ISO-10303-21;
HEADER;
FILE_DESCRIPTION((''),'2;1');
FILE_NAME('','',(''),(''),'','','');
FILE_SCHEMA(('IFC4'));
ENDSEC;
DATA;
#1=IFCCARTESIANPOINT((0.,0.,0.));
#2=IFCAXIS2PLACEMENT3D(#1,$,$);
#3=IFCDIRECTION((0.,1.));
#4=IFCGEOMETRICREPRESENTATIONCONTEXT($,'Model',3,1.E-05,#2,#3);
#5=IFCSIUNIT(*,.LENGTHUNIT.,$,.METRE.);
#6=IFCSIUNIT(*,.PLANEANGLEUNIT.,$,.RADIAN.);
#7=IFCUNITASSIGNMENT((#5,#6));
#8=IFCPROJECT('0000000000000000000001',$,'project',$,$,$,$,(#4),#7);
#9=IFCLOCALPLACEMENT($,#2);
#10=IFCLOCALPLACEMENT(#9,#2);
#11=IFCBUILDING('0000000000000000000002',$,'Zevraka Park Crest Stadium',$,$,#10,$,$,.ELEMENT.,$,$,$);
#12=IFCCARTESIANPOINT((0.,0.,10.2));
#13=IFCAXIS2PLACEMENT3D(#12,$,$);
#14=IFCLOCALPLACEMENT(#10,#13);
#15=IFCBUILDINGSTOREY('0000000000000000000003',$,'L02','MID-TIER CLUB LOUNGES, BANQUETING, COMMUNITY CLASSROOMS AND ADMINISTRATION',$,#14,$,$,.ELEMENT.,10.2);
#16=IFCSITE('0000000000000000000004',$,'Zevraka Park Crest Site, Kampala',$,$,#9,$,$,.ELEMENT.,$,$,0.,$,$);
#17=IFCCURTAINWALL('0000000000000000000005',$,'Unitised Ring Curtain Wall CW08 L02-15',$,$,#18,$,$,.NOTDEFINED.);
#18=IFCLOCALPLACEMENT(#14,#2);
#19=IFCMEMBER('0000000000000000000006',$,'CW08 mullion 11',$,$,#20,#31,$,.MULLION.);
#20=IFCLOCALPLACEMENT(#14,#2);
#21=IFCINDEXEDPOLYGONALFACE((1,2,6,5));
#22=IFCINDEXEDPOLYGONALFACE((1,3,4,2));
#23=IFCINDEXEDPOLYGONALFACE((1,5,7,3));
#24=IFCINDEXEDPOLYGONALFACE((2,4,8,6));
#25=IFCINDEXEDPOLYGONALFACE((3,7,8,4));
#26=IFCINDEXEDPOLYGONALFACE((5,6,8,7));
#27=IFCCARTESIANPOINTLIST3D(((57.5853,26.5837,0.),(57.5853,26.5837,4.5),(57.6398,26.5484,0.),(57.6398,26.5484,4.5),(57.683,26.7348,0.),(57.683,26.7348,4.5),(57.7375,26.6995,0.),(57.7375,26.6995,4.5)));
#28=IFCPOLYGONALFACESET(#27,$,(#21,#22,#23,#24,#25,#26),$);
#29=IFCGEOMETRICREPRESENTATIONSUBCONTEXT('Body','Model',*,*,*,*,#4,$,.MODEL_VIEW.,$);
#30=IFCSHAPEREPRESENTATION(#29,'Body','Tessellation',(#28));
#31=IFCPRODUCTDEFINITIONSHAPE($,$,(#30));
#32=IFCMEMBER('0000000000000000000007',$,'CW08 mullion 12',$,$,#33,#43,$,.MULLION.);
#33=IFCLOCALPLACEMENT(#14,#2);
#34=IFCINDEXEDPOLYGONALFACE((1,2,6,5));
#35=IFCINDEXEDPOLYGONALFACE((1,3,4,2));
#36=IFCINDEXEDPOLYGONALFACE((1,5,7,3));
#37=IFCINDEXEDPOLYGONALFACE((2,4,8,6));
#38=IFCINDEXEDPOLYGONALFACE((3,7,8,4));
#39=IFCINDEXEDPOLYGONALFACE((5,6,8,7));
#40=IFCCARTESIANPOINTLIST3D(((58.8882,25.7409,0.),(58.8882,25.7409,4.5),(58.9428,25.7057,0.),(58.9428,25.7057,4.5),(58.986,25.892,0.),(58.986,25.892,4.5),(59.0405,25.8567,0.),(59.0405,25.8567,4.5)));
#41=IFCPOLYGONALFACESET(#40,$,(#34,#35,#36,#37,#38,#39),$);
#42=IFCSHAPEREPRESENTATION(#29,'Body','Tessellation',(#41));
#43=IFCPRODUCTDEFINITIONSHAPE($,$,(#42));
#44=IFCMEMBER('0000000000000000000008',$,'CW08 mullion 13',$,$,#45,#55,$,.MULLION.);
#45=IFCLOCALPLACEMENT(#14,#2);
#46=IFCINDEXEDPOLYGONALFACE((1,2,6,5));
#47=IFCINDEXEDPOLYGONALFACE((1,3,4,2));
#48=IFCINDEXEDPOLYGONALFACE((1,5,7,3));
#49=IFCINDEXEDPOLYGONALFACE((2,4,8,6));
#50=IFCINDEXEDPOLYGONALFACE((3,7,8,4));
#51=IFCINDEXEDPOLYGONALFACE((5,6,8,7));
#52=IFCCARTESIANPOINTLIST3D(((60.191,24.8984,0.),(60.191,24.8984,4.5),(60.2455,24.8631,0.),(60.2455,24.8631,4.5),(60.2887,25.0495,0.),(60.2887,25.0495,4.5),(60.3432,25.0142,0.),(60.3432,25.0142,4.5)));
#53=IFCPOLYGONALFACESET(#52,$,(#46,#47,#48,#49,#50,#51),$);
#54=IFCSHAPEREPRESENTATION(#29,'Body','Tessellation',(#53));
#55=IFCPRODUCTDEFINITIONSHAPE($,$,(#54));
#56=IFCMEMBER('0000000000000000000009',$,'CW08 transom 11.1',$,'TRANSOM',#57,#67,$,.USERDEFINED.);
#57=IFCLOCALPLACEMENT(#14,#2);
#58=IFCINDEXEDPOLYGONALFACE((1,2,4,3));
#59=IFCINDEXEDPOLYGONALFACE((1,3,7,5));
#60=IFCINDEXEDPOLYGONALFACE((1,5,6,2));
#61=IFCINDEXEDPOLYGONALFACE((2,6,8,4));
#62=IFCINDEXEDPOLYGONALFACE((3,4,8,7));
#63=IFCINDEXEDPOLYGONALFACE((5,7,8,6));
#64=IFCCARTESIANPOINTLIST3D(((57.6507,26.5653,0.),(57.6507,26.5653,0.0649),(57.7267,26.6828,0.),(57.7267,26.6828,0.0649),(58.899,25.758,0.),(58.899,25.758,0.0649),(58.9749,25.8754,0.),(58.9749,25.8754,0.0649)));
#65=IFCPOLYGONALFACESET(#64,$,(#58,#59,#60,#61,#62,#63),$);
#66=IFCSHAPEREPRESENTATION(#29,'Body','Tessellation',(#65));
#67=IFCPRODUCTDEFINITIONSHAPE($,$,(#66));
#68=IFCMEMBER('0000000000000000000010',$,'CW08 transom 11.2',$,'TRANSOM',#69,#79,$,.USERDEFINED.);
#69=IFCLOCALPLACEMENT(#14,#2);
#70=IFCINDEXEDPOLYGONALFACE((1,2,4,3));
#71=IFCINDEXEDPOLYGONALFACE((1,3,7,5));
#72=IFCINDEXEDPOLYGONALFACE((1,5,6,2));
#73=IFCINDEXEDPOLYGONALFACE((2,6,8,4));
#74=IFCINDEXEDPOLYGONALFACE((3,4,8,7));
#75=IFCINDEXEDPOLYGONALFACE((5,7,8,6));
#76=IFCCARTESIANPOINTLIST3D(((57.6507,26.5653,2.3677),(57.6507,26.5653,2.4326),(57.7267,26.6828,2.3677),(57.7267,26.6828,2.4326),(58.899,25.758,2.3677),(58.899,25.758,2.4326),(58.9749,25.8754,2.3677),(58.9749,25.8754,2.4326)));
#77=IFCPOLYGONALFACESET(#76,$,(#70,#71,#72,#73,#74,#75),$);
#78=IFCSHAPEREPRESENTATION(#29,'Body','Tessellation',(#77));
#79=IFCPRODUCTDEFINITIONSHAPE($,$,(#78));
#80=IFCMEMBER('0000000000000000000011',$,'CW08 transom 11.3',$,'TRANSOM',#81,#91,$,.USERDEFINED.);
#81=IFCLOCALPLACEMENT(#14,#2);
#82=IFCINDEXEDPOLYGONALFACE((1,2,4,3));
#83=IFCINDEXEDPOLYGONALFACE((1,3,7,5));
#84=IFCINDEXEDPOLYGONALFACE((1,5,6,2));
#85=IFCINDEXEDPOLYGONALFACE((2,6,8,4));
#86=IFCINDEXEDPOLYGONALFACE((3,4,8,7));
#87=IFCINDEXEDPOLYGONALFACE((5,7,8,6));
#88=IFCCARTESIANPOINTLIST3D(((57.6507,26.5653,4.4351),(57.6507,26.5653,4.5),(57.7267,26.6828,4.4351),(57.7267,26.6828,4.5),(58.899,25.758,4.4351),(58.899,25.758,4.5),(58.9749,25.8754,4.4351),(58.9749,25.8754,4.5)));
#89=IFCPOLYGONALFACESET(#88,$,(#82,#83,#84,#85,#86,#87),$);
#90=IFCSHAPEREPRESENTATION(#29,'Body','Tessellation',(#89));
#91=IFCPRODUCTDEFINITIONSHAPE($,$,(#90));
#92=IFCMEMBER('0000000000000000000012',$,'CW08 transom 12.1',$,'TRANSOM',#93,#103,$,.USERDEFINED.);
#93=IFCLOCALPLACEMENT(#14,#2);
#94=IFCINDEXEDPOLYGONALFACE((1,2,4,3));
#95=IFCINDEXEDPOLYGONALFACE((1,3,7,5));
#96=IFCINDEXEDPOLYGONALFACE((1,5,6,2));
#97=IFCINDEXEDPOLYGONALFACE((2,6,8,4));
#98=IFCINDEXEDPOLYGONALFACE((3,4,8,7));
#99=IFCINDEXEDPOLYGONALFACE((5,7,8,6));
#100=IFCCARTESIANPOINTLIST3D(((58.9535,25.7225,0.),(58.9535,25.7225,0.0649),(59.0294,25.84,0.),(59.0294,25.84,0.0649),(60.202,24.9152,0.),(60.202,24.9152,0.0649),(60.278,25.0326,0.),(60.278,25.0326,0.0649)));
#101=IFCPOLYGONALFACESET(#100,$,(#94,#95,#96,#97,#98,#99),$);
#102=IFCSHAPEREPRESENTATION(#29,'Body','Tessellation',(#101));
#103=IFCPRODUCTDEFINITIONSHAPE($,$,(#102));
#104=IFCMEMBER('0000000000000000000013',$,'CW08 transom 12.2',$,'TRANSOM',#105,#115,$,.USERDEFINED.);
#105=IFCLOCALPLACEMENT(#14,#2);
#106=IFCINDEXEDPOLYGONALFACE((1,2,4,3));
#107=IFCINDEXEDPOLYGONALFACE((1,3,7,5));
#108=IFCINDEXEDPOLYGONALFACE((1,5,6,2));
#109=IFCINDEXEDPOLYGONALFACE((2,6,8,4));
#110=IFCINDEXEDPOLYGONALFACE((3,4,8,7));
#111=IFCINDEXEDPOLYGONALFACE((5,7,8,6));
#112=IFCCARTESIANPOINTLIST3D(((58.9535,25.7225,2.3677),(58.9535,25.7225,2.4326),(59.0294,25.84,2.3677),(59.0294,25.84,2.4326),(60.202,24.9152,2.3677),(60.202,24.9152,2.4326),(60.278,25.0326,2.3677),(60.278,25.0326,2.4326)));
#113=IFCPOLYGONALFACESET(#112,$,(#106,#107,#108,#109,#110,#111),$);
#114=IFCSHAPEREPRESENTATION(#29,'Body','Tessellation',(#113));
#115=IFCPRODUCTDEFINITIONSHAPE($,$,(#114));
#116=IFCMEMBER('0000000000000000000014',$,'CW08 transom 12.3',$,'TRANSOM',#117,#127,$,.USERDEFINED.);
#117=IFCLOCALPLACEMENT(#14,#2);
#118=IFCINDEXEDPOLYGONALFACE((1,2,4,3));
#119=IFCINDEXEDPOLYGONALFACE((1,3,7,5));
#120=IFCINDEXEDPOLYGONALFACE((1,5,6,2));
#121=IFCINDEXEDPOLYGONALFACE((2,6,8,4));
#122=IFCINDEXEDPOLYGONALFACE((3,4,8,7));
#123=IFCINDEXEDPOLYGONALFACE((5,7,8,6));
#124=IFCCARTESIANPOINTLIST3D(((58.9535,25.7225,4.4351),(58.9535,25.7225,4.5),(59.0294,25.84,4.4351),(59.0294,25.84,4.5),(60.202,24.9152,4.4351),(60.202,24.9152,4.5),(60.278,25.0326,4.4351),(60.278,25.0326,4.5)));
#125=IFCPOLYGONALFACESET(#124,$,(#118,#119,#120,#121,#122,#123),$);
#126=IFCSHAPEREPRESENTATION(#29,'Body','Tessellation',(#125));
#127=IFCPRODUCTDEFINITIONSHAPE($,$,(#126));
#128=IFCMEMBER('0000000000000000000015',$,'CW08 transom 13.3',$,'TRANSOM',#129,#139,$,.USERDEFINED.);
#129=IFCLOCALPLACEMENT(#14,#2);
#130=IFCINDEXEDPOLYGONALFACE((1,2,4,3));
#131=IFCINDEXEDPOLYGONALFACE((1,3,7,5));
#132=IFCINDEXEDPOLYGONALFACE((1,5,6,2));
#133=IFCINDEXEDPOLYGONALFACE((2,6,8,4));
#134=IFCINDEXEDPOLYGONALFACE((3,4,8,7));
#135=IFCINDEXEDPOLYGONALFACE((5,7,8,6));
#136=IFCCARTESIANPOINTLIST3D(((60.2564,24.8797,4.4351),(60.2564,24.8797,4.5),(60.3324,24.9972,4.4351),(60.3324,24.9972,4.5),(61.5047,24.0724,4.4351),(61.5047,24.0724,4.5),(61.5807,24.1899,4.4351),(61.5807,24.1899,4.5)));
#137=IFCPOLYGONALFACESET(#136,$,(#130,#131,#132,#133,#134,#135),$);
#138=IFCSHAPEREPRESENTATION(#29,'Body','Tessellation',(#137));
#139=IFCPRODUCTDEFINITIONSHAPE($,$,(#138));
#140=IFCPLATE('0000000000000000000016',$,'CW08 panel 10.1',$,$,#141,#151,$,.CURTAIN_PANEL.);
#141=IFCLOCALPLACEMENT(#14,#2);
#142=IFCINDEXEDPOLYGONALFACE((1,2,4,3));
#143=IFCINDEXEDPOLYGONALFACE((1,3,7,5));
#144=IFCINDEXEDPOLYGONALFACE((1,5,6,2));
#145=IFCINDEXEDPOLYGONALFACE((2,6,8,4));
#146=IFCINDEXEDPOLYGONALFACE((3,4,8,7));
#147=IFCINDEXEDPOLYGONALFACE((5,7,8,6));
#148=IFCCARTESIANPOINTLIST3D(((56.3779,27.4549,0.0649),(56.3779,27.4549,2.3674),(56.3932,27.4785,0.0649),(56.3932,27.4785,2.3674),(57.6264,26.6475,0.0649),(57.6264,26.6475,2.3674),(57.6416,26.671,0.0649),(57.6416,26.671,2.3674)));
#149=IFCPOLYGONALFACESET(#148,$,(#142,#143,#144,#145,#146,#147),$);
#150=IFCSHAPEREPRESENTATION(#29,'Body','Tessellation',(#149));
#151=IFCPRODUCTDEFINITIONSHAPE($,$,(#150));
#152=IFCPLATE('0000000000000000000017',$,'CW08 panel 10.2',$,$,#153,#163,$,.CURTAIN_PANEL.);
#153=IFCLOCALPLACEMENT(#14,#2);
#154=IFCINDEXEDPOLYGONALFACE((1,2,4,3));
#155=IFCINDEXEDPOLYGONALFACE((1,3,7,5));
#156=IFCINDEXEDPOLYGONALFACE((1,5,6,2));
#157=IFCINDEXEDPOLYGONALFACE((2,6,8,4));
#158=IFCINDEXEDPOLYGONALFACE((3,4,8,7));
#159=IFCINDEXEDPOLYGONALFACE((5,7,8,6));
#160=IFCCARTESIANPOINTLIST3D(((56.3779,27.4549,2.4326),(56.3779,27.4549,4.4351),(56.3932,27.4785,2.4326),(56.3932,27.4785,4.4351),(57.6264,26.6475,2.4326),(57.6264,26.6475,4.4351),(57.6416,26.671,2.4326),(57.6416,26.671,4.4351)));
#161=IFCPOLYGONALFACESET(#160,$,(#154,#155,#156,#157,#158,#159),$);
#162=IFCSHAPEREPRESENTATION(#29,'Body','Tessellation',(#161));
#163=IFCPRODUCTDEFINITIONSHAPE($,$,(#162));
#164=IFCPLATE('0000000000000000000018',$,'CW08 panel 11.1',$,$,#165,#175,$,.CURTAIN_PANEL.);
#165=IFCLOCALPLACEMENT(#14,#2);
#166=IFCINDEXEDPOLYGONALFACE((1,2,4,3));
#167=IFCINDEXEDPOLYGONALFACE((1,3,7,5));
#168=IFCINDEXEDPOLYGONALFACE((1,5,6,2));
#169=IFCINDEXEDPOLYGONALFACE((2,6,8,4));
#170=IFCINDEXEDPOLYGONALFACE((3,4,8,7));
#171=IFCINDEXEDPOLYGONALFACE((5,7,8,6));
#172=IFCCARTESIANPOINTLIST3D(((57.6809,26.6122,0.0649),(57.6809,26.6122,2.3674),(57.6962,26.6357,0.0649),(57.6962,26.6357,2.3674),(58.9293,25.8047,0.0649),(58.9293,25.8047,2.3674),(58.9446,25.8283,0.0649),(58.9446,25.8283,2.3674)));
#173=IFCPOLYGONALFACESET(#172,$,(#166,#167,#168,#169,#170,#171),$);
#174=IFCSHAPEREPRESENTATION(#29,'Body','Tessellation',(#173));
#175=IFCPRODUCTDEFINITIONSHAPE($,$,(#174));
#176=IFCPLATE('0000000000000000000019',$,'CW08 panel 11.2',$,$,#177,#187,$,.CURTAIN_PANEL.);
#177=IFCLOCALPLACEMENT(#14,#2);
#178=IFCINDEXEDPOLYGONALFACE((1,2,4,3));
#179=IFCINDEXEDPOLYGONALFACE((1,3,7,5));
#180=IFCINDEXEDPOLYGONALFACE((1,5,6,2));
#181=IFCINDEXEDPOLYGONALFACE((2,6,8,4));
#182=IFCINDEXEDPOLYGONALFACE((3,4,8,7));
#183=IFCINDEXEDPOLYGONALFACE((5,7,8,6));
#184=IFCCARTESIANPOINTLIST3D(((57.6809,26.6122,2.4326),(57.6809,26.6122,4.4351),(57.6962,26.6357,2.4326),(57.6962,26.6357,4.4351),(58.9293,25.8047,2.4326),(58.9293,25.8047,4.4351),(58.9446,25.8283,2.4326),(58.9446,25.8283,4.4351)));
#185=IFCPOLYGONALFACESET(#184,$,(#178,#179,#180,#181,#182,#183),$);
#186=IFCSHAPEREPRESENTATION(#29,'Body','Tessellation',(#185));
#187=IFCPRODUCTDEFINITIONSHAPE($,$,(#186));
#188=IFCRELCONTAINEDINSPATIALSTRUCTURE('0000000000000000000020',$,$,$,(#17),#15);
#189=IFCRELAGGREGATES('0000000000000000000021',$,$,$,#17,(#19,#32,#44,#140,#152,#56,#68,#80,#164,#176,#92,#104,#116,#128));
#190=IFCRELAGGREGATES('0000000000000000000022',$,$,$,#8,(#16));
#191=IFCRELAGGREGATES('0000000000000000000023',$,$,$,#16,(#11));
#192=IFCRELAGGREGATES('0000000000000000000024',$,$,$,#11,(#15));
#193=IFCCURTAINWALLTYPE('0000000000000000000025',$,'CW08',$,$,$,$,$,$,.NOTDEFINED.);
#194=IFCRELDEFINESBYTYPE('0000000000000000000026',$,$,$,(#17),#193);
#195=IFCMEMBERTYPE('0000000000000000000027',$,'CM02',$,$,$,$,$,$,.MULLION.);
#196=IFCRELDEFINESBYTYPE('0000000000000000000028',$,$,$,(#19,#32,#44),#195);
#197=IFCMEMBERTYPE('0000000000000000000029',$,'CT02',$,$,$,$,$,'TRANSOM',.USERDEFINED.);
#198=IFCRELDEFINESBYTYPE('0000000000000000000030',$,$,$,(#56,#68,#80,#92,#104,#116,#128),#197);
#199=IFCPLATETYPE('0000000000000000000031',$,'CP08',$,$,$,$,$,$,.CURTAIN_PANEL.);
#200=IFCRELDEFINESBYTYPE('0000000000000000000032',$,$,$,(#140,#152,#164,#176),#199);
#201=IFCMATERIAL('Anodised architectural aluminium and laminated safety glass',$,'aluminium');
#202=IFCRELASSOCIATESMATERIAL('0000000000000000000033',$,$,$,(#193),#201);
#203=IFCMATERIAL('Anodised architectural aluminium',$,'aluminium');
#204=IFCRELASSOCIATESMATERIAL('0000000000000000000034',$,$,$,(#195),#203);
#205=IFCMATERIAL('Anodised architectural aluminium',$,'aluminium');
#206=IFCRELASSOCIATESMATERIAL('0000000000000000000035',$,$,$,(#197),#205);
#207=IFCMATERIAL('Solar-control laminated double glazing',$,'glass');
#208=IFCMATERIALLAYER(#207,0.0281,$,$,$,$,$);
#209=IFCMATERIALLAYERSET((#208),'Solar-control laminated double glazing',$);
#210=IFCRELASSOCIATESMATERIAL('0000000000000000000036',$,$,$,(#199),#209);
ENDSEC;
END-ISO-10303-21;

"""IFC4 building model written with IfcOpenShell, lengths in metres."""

from ifc_helpers import new_model, si_unit, direction, frame, origin, origin_2d, place, context, subcontext, project, spatial, rectangle, extrude, material, layer, layer_set, material_profile, profile_set, type_object, element, aggregate, save


model = new_model("IFC4")

# Units and contexts
model_context = context("Model", 3, precision=1e-05, world=origin(), true_north=direction((0.0, 1.0)))
body_context = subcontext(model_context, "Body", "Model", "MODEL_VIEW")
ifc_project = project(units=[si_unit("LENGTHUNIT", "METRE"), si_unit("PLANEANGLEUNIT", "RADIAN")], contexts=[model_context])

# Site, building, storey
site_placement = place(None, origin())
site = spatial("IfcSite", under=ifc_project, at=site_placement, Name="Zevraka Park Crest Site, Kampala", CompositionType="ELEMENT", RefElevation=0.0)
building_placement = place(site_placement, origin())
building = spatial("IfcBuilding", under=site, at=building_placement, Name="Zevraka Park Crest Stadium", CompositionType="ELEMENT")
storey_placement = place(building_placement, frame((0.0, 0.0, 10.2)))
storey = spatial("IfcBuildingStorey", under=building, at=storey_placement, Name="L02", Description="MID-TIER CLUB LOUNGES, BANQUETING, COMMUNITY CLASSROOMS AND ADMINISTRATION", CompositionType="ELEMENT", Elevation=10.2)

# Curtain wall, members, plates
ifc_material_1 = material(Name="Anodised architectural aluminium and laminated safety glass", Category="aluminium")
curtain_wall_type = type_object("IfcCurtainWallType", Name="CW08", PredefinedType="NOTDEFINED", material=ifc_material_1)
curtain_wall_placement = place(storey_placement, origin())
curtain_wall = element("IfcCurtainWall", 1, at=curtain_wall_placement, inside=storey, type_object=curtain_wall_type, Name="Unitised Ring Curtain Wall CW08 L02-15", PredefinedType="NOTDEFINED")
ifc_material_2 = material(Name="Anodised architectural aluminium", Category="aluminium")
ifc_material_profile_1 = material_profile(ifc_material_2, rectangle(XDim=0.1799, YDim=0.0649, at=origin_2d()), Name="ALU MULLION 180x65")
ifc_profile_set_1 = profile_set([ifc_material_profile_1], Name="Anodised architectural aluminium")
member_type_1 = type_object("IfcMemberType", Name="CM02", PredefinedType="MULLION", material=ifc_profile_set_1)
member_1_placement = place(storey_placement, frame((57.6614, 26.6416, 0.0), z_axis=(0.0, 0.0, 1.0), x_axis=(0.543096, 0.83967, 0.0)))
member_1 = element("IfcMember", 2, at=member_1_placement, type_object=member_type_1, Name="CW08 mullion 11", PredefinedType="MULLION", context=body_context, shape_type="SweptSolid", body=[
    extrude(rectangle(XDim=0.1799, YDim=0.0649, at=origin_2d()), origin(), (0.0, 0.0, 1.0), 4.5),
])
member_2_placement = place(storey_placement, frame((58.9644, 25.7988, 0.0), z_axis=(0.0, 0.0, 1.0), x_axis=(0.543096, 0.83967, 0.0)))
member_2 = element("IfcMember", 3, at=member_2_placement, type_object=member_type_1, Name="CW08 mullion 12", PredefinedType="MULLION", context=body_context, shape_type="SweptSolid", body=[
    extrude(rectangle(XDim=0.1799, YDim=0.0649, at=origin_2d()), origin(), (0.0, 0.0, 1.0), 4.5),
])
member_3_placement = place(storey_placement, frame((60.2671, 24.9563, 0.0), z_axis=(0.0, 0.0, 1.0), x_axis=(0.543096, 0.83967, 0.0)))
member_3 = element("IfcMember", 4, at=member_3_placement, type_object=member_type_1, Name="CW08 mullion 13", PredefinedType="MULLION", context=body_context, shape_type="SweptSolid", body=[
    extrude(rectangle(XDim=0.1799, YDim=0.0649, at=origin_2d()), origin(), (0.0, 0.0, 1.0), 4.5),
])
ifc_material_3 = material(Name="Anodised architectural aluminium", Category="aluminium")
ifc_material_profile_2 = material_profile(ifc_material_3, rectangle(XDim=0.1399, YDim=0.0649, at=origin_2d()), Name="ALU TRANSOM 140x65")
ifc_profile_set_2 = profile_set([ifc_material_profile_2], Name="Anodised architectural aluminium")
member_type_2 = type_object("IfcMemberType", Name="CT02", ElementType="TRANSOM", PredefinedType="USERDEFINED", material=ifc_profile_set_2)
member_4_placement = place(storey_placement, frame((57.6887, 26.624, 0.0325), z_axis=(0.839676, -0.543088, 0.0), x_axis=(0.543088, 0.839676, 0.0)))
member_4 = element("IfcMember", 5, at=member_4_placement, type_object=member_type_2, Name="CW08 transom 11.1", ObjectType="TRANSOM", PredefinedType="USERDEFINED", context=body_context, shape_type="SweptSolid", body=[
    extrude(rectangle(XDim=0.1399, YDim=0.0649, at=origin_2d()), origin(), (0.0, 0.0, 1.0), 1.4866),
])
member_5_placement = place(storey_placement, frame((57.6887, 26.624, 2.4001), z_axis=(0.839676, -0.543088, 0.0), x_axis=(0.543088, 0.839676, 0.0)))
member_5 = element("IfcMember", 6, at=member_5_placement, type_object=member_type_2, Name="CW08 transom 11.2", ObjectType="TRANSOM", PredefinedType="USERDEFINED", context=body_context, shape_type="SweptSolid", body=[
    extrude(rectangle(XDim=0.1399, YDim=0.0649, at=origin_2d()), origin(), (0.0, 0.0, 1.0), 1.4866),
])
member_6_placement = place(storey_placement, frame((57.6887, 26.624, 4.4675), z_axis=(0.839676, -0.543088, 0.0), x_axis=(0.543088, 0.839676, 0.0)))
member_6 = element("IfcMember", 7, at=member_6_placement, type_object=member_type_2, Name="CW08 transom 11.3", ObjectType="TRANSOM", PredefinedType="USERDEFINED", context=body_context, shape_type="SweptSolid", body=[
    extrude(rectangle(XDim=0.1399, YDim=0.0649, at=origin_2d()), origin(), (0.0, 0.0, 1.0), 1.4866),
])
member_7_placement = place(storey_placement, frame((58.9915, 25.7812, 0.0325), z_axis=(0.839724, -0.543013, 0.0), x_axis=(0.543013, 0.839724, 0.0)))
member_7 = element("IfcMember", 8, at=member_7_placement, type_object=member_type_2, Name="CW08 transom 12.1", ObjectType="TRANSOM", PredefinedType="USERDEFINED", context=body_context, shape_type="SweptSolid", body=[
    extrude(rectangle(XDim=0.1399, YDim=0.0649, at=origin_2d()), origin(), (0.0, 0.0, 1.0), 1.4868),
])
member_8_placement = place(storey_placement, frame((58.9915, 25.7812, 2.4001), z_axis=(0.839724, -0.543013, 0.0), x_axis=(0.543013, 0.839724, 0.0)))
member_8 = element("IfcMember", 9, at=member_8_placement, type_object=member_type_2, Name="CW08 transom 12.2", ObjectType="TRANSOM", PredefinedType="USERDEFINED", context=body_context, shape_type="SweptSolid", body=[
    extrude(rectangle(XDim=0.1399, YDim=0.0649, at=origin_2d()), origin(), (0.0, 0.0, 1.0), 1.4868),
])
member_9_placement = place(storey_placement, frame((58.9915, 25.7812, 4.4675), z_axis=(0.839724, -0.543013, 0.0), x_axis=(0.543013, 0.839724, 0.0)))
member_9 = element("IfcMember", 10, at=member_9_placement, type_object=member_type_2, Name="CW08 transom 12.3", ObjectType="TRANSOM", PredefinedType="USERDEFINED", context=body_context, shape_type="SweptSolid", body=[
    extrude(rectangle(XDim=0.1399, YDim=0.0649, at=origin_2d()), origin(), (0.0, 0.0, 1.0), 1.4868),
])
member_10_placement = place(storey_placement, frame((60.2944, 24.9385, 4.4675), z_axis=(0.839676, -0.543088, 0.0), x_axis=(0.543088, 0.839676, 0.0)))
member_10 = element("IfcMember", 11, at=member_10_placement, type_object=member_type_2, Name="CW08 transom 13.3", ObjectType="TRANSOM", PredefinedType="USERDEFINED", context=body_context, shape_type="SweptSolid", body=[
    extrude(rectangle(XDim=0.1399, YDim=0.0649, at=origin_2d()), origin(), (0.0, 0.0, 1.0), 1.4866),
])
ifc_material_4 = material(Name="Solar-control laminated double glazing", Category="glass")
ifc_layer_1 = layer(ifc_material_4, 0.0281)
ifc_layer_set_1 = layer_set([ifc_layer_1], Name="Solar-control laminated double glazing")
plate_type = type_object("IfcPlateType", Name="CP08", PredefinedType="CURTAIN_PANEL", material=ifc_layer_set_1)
plate_1_placement = place(storey_placement, frame((57.0098, 27.063, 0.0649), z_axis=(0.0, 0.0, 1.0), x_axis=(0.83967, -0.543096, 0.0)))
plate_1 = element("IfcPlate", 12, at=plate_1_placement, type_object=plate_type, Name="CW08 panel 10.1", PredefinedType="CURTAIN_PANEL", context=body_context, shape_type="SweptSolid", body=[
    extrude(rectangle(XDim=1.4868, YDim=0.0281, at=origin_2d()), origin(), (0.0, 0.0, 1.0), 2.3025),
])
plate_2_placement = place(storey_placement, frame((57.0098, 27.063, 2.4326), z_axis=(0.0, 0.0, 1.0), x_axis=(0.83967, -0.543096, 0.0)))
plate_2 = element("IfcPlate", 13, at=plate_2_placement, type_object=plate_type, Name="CW08 panel 10.2", PredefinedType="CURTAIN_PANEL", context=body_context, shape_type="SweptSolid", body=[
    extrude(rectangle(XDim=1.4868, YDim=0.0281, at=origin_2d()), origin(), (0.0, 0.0, 1.0), 2.0024),
])
plate_3_placement = place(storey_placement, frame((58.3127, 26.2202, 0.0649), z_axis=(0.0, 0.0, 1.0), x_axis=(0.83967, -0.543096, 0.0)))
plate_3 = element("IfcPlate", 14, at=plate_3_placement, type_object=plate_type, Name="CW08 panel 11.1", PredefinedType="CURTAIN_PANEL", context=body_context, shape_type="SweptSolid", body=[
    extrude(rectangle(XDim=1.4868, YDim=0.0281, at=origin_2d()), origin(), (0.0, 0.0, 1.0), 2.3025),
])
plate_4_placement = place(storey_placement, frame((58.3127, 26.2202, 2.4326), z_axis=(0.0, 0.0, 1.0), x_axis=(0.83967, -0.543096, 0.0)))
plate_4 = element("IfcPlate", 15, at=plate_4_placement, type_object=plate_type, Name="CW08 panel 11.2", PredefinedType="CURTAIN_PANEL", context=body_context, shape_type="SweptSolid", body=[
    extrude(rectangle(XDim=1.4868, YDim=0.0281, at=origin_2d()), origin(), (0.0, 0.0, 1.0), 2.0024),
])
aggregate(curtain_wall, [member_1, member_2, member_3, plate_1, plate_2, member_4, member_5, member_6, plate_3, plate_4, member_7, member_8, member_9, member_10])

save(model, "model.ifc")
